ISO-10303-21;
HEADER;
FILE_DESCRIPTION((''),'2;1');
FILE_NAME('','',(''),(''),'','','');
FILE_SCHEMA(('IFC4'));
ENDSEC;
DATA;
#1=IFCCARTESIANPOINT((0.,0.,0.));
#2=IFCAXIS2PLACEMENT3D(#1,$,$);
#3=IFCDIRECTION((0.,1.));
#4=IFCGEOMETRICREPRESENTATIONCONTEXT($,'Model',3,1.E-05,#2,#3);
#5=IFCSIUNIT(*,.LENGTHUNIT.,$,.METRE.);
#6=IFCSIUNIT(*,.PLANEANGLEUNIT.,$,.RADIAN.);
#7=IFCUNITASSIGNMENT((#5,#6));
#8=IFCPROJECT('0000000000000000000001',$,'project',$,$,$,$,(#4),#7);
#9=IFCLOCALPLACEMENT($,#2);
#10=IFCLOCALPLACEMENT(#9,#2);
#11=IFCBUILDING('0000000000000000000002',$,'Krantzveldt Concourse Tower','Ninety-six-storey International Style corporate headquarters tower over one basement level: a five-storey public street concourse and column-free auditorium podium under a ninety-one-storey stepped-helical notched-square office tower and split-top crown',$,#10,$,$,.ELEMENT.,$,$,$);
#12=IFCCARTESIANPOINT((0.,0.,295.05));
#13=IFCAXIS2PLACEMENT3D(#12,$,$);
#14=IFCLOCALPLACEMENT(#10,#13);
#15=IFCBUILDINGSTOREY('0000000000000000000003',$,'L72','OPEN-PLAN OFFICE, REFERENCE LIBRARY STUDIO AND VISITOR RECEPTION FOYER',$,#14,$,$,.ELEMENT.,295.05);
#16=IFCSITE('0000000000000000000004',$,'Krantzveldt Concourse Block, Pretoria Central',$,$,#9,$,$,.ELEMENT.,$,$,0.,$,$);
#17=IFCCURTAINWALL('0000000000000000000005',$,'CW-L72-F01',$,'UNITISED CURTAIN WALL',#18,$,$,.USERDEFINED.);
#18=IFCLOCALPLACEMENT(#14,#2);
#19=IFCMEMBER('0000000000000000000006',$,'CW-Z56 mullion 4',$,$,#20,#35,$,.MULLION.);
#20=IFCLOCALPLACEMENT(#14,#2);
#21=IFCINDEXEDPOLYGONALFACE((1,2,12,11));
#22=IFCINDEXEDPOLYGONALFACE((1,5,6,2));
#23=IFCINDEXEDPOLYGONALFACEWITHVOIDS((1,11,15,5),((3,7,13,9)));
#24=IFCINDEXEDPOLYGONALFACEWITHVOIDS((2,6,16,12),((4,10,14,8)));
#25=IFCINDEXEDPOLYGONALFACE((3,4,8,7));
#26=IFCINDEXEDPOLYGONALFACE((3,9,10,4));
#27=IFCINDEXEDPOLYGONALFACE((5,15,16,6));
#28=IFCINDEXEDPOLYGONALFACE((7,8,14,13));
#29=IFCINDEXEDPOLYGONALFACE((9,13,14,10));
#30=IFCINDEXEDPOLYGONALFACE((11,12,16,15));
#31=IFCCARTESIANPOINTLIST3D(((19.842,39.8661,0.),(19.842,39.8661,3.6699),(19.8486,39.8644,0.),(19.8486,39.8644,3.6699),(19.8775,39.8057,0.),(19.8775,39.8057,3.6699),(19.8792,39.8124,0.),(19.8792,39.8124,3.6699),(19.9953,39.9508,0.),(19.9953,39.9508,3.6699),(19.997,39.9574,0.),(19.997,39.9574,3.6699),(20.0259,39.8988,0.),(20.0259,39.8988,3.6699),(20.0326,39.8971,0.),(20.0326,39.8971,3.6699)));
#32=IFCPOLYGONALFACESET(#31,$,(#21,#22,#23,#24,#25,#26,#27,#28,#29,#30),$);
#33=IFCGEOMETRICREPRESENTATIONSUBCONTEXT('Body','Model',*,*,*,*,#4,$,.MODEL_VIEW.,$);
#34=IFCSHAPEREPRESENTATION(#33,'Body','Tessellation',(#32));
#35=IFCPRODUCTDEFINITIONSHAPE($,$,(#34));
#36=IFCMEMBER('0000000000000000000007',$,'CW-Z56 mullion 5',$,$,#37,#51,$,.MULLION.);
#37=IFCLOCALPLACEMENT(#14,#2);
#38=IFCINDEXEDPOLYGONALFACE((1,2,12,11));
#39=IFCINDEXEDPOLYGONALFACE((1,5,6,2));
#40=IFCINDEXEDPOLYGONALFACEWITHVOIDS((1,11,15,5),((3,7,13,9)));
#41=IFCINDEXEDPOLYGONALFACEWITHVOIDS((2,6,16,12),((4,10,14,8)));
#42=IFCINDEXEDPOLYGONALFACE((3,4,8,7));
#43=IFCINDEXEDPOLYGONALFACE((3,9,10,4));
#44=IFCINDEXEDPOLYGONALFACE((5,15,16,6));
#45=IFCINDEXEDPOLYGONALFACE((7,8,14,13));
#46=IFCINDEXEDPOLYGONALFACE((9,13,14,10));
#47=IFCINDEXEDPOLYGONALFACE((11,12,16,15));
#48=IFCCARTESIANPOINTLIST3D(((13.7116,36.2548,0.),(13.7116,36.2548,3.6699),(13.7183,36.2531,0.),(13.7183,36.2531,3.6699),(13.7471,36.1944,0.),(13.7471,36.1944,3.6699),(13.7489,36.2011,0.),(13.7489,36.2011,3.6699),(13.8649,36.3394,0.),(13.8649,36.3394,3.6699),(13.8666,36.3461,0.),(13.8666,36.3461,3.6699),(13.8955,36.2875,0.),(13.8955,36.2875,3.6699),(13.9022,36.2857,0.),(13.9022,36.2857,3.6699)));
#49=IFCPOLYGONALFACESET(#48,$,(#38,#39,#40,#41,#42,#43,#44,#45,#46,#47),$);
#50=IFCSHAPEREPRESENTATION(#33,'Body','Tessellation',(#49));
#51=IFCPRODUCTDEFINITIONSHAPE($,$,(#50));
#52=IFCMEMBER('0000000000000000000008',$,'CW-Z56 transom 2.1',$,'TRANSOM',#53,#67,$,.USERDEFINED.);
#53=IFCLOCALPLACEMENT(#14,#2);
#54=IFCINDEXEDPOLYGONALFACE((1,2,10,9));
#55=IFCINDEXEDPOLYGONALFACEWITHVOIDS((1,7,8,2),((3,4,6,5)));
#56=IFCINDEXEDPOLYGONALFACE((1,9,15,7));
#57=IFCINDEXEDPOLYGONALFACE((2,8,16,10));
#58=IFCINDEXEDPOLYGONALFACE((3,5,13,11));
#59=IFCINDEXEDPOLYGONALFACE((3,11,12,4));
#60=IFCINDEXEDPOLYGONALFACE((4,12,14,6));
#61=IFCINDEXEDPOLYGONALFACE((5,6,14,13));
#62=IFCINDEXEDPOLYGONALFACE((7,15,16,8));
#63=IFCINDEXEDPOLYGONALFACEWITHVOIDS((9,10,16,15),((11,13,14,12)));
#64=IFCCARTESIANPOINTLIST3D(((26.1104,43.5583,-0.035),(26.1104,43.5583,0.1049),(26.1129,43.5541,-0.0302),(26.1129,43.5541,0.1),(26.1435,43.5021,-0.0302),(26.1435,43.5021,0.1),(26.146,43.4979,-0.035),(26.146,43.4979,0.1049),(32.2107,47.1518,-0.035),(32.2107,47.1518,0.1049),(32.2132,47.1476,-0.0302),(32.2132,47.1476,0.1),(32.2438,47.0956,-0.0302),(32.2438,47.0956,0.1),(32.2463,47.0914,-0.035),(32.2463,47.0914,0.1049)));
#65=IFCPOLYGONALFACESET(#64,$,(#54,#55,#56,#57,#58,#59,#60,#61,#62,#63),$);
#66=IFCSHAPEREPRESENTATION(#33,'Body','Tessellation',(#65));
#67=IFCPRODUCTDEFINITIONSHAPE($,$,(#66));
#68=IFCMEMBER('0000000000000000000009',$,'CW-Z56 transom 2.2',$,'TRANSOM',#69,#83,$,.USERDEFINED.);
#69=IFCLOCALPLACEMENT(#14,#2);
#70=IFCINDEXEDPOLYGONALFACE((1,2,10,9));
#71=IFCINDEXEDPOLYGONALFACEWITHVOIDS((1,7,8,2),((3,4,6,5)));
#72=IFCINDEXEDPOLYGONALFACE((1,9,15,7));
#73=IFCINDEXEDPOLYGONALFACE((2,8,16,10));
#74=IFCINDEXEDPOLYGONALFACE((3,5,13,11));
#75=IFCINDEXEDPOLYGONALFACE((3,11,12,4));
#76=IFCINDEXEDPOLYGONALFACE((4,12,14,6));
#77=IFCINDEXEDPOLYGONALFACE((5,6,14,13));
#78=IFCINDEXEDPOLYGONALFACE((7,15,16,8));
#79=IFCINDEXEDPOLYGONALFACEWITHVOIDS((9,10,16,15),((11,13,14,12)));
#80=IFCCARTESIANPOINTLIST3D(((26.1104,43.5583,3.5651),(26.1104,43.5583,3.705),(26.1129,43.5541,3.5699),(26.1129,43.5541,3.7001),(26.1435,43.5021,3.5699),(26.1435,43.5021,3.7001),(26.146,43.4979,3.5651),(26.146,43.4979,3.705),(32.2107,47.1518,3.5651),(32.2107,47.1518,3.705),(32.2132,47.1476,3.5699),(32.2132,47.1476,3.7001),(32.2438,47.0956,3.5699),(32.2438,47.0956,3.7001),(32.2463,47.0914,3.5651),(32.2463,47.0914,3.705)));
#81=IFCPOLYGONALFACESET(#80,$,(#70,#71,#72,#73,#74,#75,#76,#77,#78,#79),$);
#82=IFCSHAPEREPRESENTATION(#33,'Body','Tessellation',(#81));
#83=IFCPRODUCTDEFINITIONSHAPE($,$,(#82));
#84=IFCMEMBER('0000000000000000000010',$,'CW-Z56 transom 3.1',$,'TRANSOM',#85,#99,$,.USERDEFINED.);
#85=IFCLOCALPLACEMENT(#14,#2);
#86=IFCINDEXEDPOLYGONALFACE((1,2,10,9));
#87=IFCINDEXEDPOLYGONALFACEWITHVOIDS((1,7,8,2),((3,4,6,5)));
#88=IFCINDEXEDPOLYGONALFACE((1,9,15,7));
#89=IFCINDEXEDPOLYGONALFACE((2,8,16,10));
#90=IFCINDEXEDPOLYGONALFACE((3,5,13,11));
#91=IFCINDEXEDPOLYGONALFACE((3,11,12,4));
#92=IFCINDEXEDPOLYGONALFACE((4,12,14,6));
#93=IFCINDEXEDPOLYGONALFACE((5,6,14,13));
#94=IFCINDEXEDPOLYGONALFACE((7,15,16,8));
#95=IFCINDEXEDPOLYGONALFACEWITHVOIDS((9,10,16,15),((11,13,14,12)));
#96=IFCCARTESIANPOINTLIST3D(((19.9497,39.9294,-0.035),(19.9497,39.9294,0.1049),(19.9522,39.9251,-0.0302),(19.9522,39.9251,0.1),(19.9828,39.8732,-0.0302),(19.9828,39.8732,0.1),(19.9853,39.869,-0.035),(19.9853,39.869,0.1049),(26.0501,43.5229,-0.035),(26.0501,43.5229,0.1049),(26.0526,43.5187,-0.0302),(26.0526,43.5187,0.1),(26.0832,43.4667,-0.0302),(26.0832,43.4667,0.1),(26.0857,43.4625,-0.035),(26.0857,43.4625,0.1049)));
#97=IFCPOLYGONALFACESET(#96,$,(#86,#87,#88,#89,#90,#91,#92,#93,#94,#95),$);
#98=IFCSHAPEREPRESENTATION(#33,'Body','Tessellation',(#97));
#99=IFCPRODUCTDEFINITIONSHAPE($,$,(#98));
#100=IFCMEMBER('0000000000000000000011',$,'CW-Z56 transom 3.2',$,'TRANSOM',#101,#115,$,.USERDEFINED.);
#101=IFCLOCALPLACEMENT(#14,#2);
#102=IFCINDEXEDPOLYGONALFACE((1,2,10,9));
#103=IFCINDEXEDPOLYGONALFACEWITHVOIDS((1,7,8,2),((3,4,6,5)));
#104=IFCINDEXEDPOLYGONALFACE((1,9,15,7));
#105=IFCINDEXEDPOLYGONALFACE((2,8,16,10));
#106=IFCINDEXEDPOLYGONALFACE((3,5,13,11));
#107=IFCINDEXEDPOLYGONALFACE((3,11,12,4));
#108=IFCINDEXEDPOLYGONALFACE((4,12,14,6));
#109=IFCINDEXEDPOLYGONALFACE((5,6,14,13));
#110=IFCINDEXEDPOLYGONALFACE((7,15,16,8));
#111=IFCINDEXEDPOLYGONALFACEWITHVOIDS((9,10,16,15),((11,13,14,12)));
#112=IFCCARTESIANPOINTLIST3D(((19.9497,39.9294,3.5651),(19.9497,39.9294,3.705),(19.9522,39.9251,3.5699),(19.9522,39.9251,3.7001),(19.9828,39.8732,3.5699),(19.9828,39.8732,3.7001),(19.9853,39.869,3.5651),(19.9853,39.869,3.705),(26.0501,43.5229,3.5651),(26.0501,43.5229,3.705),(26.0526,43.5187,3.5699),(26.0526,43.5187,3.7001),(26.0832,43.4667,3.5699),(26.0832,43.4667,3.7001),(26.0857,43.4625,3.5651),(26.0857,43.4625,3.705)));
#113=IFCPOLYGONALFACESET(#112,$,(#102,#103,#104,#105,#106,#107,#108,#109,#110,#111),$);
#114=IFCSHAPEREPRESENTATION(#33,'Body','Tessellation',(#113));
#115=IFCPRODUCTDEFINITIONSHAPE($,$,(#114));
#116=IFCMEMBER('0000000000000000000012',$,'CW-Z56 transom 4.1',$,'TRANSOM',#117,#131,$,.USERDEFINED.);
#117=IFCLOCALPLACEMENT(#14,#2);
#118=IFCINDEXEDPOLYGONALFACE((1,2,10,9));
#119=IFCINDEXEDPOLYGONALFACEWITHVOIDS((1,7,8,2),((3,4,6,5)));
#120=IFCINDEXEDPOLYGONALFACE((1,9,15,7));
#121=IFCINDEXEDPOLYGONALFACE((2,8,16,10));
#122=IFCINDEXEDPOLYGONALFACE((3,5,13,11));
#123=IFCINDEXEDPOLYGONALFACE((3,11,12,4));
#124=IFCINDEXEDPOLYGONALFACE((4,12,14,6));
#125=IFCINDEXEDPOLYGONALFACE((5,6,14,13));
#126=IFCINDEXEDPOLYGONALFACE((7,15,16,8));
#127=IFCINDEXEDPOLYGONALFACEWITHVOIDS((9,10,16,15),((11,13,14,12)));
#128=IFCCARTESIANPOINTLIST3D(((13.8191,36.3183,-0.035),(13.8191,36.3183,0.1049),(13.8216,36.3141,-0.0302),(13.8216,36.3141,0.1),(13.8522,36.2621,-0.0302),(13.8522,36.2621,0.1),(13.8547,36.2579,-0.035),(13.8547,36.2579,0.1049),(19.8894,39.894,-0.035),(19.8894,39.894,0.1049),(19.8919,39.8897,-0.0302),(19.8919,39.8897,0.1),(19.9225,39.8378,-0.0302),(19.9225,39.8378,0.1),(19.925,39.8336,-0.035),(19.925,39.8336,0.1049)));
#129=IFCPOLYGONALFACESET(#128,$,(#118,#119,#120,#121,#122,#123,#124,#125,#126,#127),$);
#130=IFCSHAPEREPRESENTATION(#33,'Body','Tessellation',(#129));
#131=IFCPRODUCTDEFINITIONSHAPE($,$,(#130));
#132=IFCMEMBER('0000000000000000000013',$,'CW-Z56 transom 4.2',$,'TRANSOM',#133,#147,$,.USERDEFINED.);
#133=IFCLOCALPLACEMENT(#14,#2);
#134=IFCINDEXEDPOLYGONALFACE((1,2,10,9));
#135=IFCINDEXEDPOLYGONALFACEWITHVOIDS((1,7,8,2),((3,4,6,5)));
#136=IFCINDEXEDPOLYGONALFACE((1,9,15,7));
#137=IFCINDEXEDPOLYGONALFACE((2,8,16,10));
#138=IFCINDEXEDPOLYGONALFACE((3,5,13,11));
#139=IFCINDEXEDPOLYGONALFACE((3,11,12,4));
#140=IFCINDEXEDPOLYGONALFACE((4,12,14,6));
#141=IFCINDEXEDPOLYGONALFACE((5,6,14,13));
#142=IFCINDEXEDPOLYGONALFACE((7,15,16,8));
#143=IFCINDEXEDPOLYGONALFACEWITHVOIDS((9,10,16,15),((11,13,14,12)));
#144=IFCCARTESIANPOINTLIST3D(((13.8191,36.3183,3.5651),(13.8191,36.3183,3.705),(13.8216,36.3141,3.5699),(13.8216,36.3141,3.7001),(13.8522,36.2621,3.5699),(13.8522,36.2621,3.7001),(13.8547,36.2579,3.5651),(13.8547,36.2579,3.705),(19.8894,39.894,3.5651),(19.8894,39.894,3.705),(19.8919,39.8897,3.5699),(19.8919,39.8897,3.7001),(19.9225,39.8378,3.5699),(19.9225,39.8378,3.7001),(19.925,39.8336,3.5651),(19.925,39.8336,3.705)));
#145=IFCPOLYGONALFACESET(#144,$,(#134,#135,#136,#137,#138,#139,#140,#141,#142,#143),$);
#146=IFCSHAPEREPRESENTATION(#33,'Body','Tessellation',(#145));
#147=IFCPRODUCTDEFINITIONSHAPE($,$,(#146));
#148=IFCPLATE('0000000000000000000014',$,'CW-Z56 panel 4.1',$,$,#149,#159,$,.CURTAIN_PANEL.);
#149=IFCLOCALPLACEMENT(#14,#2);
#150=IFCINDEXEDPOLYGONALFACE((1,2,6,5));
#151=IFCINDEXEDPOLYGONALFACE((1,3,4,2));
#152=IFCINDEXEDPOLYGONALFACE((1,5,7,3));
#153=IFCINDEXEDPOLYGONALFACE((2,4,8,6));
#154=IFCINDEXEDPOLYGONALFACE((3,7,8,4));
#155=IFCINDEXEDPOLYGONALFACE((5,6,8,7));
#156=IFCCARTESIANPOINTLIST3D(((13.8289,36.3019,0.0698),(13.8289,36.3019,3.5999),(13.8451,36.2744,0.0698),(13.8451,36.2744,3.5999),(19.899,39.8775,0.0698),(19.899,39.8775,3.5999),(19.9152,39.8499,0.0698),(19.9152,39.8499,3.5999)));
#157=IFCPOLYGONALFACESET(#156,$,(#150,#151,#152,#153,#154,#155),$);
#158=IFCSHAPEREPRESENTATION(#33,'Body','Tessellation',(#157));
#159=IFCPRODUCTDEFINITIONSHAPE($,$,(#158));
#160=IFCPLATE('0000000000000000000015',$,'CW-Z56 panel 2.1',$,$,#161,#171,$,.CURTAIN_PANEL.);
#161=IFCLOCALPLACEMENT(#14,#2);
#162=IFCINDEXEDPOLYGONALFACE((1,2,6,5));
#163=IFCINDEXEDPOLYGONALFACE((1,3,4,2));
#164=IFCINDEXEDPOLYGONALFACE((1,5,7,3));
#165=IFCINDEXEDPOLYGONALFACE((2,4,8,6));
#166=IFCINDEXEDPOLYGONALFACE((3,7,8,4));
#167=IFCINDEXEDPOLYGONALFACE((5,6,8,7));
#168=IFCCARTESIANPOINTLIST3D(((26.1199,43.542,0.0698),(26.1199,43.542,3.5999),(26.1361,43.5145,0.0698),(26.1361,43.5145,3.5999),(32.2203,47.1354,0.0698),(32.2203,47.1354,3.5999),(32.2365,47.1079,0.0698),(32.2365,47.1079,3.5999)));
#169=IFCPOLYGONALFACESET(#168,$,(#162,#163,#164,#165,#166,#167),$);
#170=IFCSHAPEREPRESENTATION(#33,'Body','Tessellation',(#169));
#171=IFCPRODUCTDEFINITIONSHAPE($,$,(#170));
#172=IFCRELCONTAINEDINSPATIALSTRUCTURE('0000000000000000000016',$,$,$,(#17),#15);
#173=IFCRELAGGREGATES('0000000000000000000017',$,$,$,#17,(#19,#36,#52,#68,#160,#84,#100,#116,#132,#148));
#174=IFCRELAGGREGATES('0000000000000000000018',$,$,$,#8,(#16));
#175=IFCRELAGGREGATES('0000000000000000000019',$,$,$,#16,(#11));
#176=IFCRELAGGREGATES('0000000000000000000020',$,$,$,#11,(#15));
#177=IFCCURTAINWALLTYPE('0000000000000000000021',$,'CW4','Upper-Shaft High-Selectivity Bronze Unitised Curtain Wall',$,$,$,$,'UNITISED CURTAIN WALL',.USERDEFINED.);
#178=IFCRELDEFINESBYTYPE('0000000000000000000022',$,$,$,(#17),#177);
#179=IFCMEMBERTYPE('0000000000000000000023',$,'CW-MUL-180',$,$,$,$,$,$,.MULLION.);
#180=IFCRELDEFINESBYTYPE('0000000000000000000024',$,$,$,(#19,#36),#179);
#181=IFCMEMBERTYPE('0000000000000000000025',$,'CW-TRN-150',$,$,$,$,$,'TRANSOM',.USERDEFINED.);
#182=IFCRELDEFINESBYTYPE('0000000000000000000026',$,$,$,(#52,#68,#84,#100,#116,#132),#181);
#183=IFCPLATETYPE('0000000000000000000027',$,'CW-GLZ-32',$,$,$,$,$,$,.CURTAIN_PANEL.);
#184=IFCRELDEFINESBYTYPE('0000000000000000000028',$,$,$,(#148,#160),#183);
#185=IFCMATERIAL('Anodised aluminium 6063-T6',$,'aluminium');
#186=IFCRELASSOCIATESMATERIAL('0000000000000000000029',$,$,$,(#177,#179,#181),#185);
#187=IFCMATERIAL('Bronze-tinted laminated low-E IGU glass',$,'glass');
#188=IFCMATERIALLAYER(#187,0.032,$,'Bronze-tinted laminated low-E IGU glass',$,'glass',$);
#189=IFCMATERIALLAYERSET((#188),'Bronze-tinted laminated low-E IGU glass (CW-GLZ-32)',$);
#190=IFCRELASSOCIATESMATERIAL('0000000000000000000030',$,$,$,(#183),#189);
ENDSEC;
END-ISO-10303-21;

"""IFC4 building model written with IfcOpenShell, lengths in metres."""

from ifc_helpers import new_model, si_unit, direction, frame, origin, origin_2d, place, context, subcontext, project, spatial, rectangle, hollow_rectangle, extrude, source, transform, mapped, material, layer, layer_set, material_profile, profile_set, type_object, type_shapes, element, aggregate, save


model = new_model("IFC4")

# Units and contexts
model_context = context("Model", 3, precision=1e-05, world=origin(), true_north=direction((0.0, 1.0)))
body_context = subcontext(model_context, "Body", "Model", "MODEL_VIEW")
ifc_project = project(units=[si_unit("LENGTHUNIT", "METRE"), si_unit("PLANEANGLEUNIT", "RADIAN")], contexts=[model_context])

# Site, building, storey
site_placement = place(None, origin())
site = spatial("IfcSite", under=ifc_project, at=site_placement, Name="Krantzveldt Concourse Block, Pretoria Central", CompositionType="ELEMENT", RefElevation=0.0)
building_placement = place(site_placement, origin())
building = spatial("IfcBuilding", under=site, at=building_placement, Name="Krantzveldt Concourse Tower", Description="Ninety-six-storey International Style corporate headquarters tower over one basement level: a five-storey public street concourse and column-free auditorium podium under a ninety-one-storey stepped-helical notched-square office tower and split-top crown", CompositionType="ELEMENT")
storey_placement = place(building_placement, frame((0.0, 0.0, 295.05)))
storey = spatial("IfcBuildingStorey", under=building, at=storey_placement, Name="L72", Description="OPEN-PLAN OFFICE, REFERENCE LIBRARY STUDIO AND VISITOR RECEPTION FOYER", CompositionType="ELEMENT", Elevation=295.05)

# Curtain wall, members, plates
ifc_material_1 = material(Name="Anodised aluminium 6063-T6", Category="aluminium")
curtain_wall_type = type_object("IfcCurtainWallType", Name="CW4", Description="Upper-Shaft High-Selectivity Bronze Unitised Curtain Wall", ElementType="UNITISED CURTAIN WALL", PredefinedType="USERDEFINED", material=ifc_material_1)
curtain_wall_placement = place(storey_placement, origin())
curtain_wall = element("IfcCurtainWall", 1, at=curtain_wall_placement, inside=storey, type_object=curtain_wall_type, Name="CW-L72-F01", ObjectType="UNITISED CURTAIN WALL", PredefinedType="USERDEFINED")
ifc_material_profile_1 = material_profile(ifc_material_1, hollow_rectangle(XDim=0.0701, YDim=0.1799, WallThickness=0.0049, at=origin_2d()), Name="Anodised aluminium 6063-T6", Category="aluminium")
ifc_profile_set_1 = profile_set([ifc_material_profile_1], Name="Anodised aluminium 6063-T6 - ALU-MULL 180x70x5")
member_type_1 = type_object("IfcMemberType", Name="CW-MUL-180", PredefinedType="MULLION", material=ifc_profile_set_1)
shared_shape_1 = source(origin(), body_context, "Body", "SweptSolid", [
    extrude(hollow_rectangle(XDim=0.0701, YDim=0.1799, WallThickness=0.0049, at=origin_2d()), origin(), (0.0, 0.0, 1.0), 3.6699),
])
type_shapes(member_type_1, [shared_shape_1])
member_1_placement = place(storey_placement, frame((19.9373, 39.8816, 0.0), z_axis=(0.0, 0.0, 1.0), x_axis=(0.507538, -0.861629, 0.0)))
member_1 = element("IfcMember", 2, at=member_1_placement, type_object=member_type_1, Name="CW-Z56 mullion 4", PredefinedType="MULLION", context=body_context, shape_type="MappedRepresentation", body=[
    mapped(shared_shape_1, transform((0.0, 0.0, 0.0), x_axis=(1.0, 0.0, 0.0), y_axis=(0.0, 1.0, 0.0), z_axis=(0.0, 0.0, 1.0), scale=1.0)),
])
member_2_placement = place(storey_placement, frame((13.8069, 36.2703, 0.0), z_axis=(0.0, 0.0, 1.0), x_axis=(0.507538, -0.861629, 0.0)))
member_2 = element("IfcMember", 3, at=member_2_placement, type_object=member_type_1, Name="CW-Z56 mullion 5", PredefinedType="MULLION", context=body_context, shape_type="MappedRepresentation", body=[
    mapped(shared_shape_1, transform((0.0, 0.0, 0.0), x_axis=(1.0, 0.0, 0.0), y_axis=(0.0, 1.0, 0.0), z_axis=(0.0, 0.0, 1.0), scale=1.0)),
])
ifc_material_profile_2 = material_profile(ifc_material_1, hollow_rectangle(XDim=0.0701, YDim=0.1399, WallThickness=0.0049, at=origin_2d()), Name="Anodised aluminium 6063-T6", Category="aluminium")
ifc_profile_set_2 = profile_set([ifc_material_profile_2], Name="Anodised aluminium 6063-T6 - ALU-TRAN 140x70x5")
member_type_2 = type_object("IfcMemberType", Name="CW-TRN-150", ElementType="TRANSOM", PredefinedType="USERDEFINED", material=ifc_profile_set_2)
shared_shape_2 = source(origin(), body_context, "Body", "SweptSolid", [
    extrude(hollow_rectangle(XDim=0.0701, YDim=0.1399, WallThickness=0.0049, at=origin_2d()), origin(), (0.0, 0.0, 1.0), 7.0801),
])
member_3_placement = place(storey_placement, frame((32.2285, 47.1216, 0.0349), z_axis=(-0.861621, -0.507552, 0.0), x_axis=(0.507552, -0.861621, 0.0)))
member_3 = element("IfcMember", 4, at=member_3_placement, type_object=member_type_2, Name="CW-Z56 transom 2.1", ObjectType="TRANSOM", PredefinedType="USERDEFINED", context=body_context, shape_type="MappedRepresentation", body=[
    mapped(shared_shape_2, transform((0.0, 0.0, 0.0), x_axis=(1.0, 0.0, 0.0), y_axis=(0.0, 1.0, 0.0), z_axis=(0.0, 0.0, 1.0), scale=1.0)),
])
member_4_placement = place(storey_placement, frame((32.2285, 47.1216, 3.635), z_axis=(-0.861621, -0.507552, 0.0), x_axis=(0.507552, -0.861621, 0.0)))
member_4 = element("IfcMember", 5, at=member_4_placement, type_object=member_type_2, Name="CW-Z56 transom 2.2", ObjectType="TRANSOM", PredefinedType="USERDEFINED", context=body_context, shape_type="MappedRepresentation", body=[
    mapped(shared_shape_2, transform((0.0, 0.0, 0.0), x_axis=(1.0, 0.0, 0.0), y_axis=(0.0, 1.0, 0.0), z_axis=(0.0, 0.0, 1.0), scale=1.0)),
])
member_5_placement = place(storey_placement, frame((26.0679, 43.4927, 0.0349), z_axis=(-0.861621, -0.507552, 0.0), x_axis=(0.507552, -0.861621, 0.0)))
member_5 = element("IfcMember", 6, at=member_5_placement, type_object=member_type_2, Name="CW-Z56 transom 3.1", ObjectType="TRANSOM", PredefinedType="USERDEFINED", context=body_context, shape_type="MappedRepresentation", body=[
    mapped(shared_shape_2, transform((0.0, 0.0, 0.0), x_axis=(1.0, 0.0, 0.0), y_axis=(0.0, 1.0, 0.0), z_axis=(0.0, 0.0, 1.0), scale=1.0)),
])
member_6_placement = place(storey_placement, frame((26.0679, 43.4927, 3.635), z_axis=(-0.861621, -0.507552, 0.0), x_axis=(0.507552, -0.861621, 0.0)))
member_6 = element("IfcMember", 7, at=member_6_placement, type_object=member_type_2, Name="CW-Z56 transom 3.2", ObjectType="TRANSOM", PredefinedType="USERDEFINED", context=body_context, shape_type="MappedRepresentation", body=[
    mapped(shared_shape_2, transform((0.0, 0.0, 0.0), x_axis=(1.0, 0.0, 0.0), y_axis=(0.0, 1.0, 0.0), z_axis=(0.0, 0.0, 1.0), scale=1.0)),
])
shared_shape_3 = source(origin(), body_context, "Body", "SweptSolid", [
    extrude(hollow_rectangle(XDim=0.0701, YDim=0.1399, WallThickness=0.0049, at=origin_2d()), origin(), (0.0, 0.0, 1.0), 7.0452),
])
type_shapes(member_type_2, [shared_shape_2, shared_shape_3])
member_7_placement = place(storey_placement, frame((19.9072, 39.8638, 0.0349), z_axis=(-0.861629, -0.507538, 0.0), x_axis=(0.507538, -0.861629, 0.0)))
member_7 = element("IfcMember", 8, at=member_7_placement, type_object=member_type_2, Name="CW-Z56 transom 4.1", ObjectType="TRANSOM", PredefinedType="USERDEFINED", context=body_context, shape_type="MappedRepresentation", body=[
    mapped(shared_shape_3, transform((0.0, 0.0, 0.0), x_axis=(1.0, 0.0, 0.0), y_axis=(0.0, 1.0, 0.0), z_axis=(0.0, 0.0, 1.0), scale=1.0)),
])
member_8_placement = place(storey_placement, frame((19.9072, 39.8638, 3.635), z_axis=(-0.861629, -0.507538, 0.0), x_axis=(0.507538, -0.861629, 0.0)))
member_8 = element("IfcMember", 9, at=member_8_placement, type_object=member_type_2, Name="CW-Z56 transom 4.2", ObjectType="TRANSOM", PredefinedType="USERDEFINED", context=body_context, shape_type="MappedRepresentation", body=[
    mapped(shared_shape_3, transform((0.0, 0.0, 0.0), x_axis=(1.0, 0.0, 0.0), y_axis=(0.0, 1.0, 0.0), z_axis=(0.0, 0.0, 1.0), scale=1.0)),
])
ifc_material_2 = material(Name="Bronze-tinted laminated low-E IGU glass", Category="glass")
ifc_layer_1 = layer(ifc_material_2, 0.032, Name="Bronze-tinted laminated low-E IGU glass", Category="glass")
ifc_layer_set_1 = layer_set([ifc_layer_1], Name="Bronze-tinted laminated low-E IGU glass (CW-GLZ-32)")
plate_type = type_object("IfcPlateType", Name="CW-GLZ-32", PredefinedType="CURTAIN_PANEL", material=ifc_layer_set_1)
shared_shape_4 = source(origin(), body_context, "Body", "SweptSolid", [
    extrude(rectangle(XDim=7.0449, YDim=0.032, at=origin_2d()), origin(), (0.0, 0.0, 1.0), 3.53),
])
plate_1_placement = place(storey_placement, frame((16.8721, 38.0759, 0.0698), z_axis=(0.0, 0.0, 1.0), x_axis=(-0.861629, -0.507538, 0.0)))
plate_1 = element("IfcPlate", 10, at=plate_1_placement, type_object=plate_type, Name="CW-Z56 panel 4.1", PredefinedType="CURTAIN_PANEL", context=body_context, shape_type="MappedRepresentation", body=[
    mapped(shared_shape_4, transform((0.0, 0.0, 0.0), x_axis=(1.0, 0.0, 0.0), y_axis=(0.0, 1.0, 0.0), z_axis=(0.0, 0.0, 1.0), scale=1.0)),
])
shared_shape_5 = source(origin(), body_context, "Body", "SweptSolid", [
    extrude(rectangle(XDim=7.0801, YDim=0.032, at=origin_2d()), origin(), (0.0, 0.0, 1.0), 3.53),
])
type_shapes(plate_type, [shared_shape_4, shared_shape_5])
plate_2_placement = place(storey_placement, frame((29.1782, 45.325, 0.0698), z_axis=(0.0, 0.0, 1.0), x_axis=(-0.861629, -0.507538, 0.0)))
plate_2 = element("IfcPlate", 11, at=plate_2_placement, type_object=plate_type, Name="CW-Z56 panel 2.1", PredefinedType="CURTAIN_PANEL", context=body_context, shape_type="MappedRepresentation", body=[
    mapped(shared_shape_5, transform((0.0, 0.0, 0.0), x_axis=(1.0, 0.0, 0.0), y_axis=(0.0, 1.0, 0.0), z_axis=(0.0, 0.0, 1.0), scale=1.0)),
])
aggregate(curtain_wall, [member_1, member_2, member_3, member_4, plate_2, member_5, member_6, member_7, member_8, plate_1])

save(model, "model.ifc")
